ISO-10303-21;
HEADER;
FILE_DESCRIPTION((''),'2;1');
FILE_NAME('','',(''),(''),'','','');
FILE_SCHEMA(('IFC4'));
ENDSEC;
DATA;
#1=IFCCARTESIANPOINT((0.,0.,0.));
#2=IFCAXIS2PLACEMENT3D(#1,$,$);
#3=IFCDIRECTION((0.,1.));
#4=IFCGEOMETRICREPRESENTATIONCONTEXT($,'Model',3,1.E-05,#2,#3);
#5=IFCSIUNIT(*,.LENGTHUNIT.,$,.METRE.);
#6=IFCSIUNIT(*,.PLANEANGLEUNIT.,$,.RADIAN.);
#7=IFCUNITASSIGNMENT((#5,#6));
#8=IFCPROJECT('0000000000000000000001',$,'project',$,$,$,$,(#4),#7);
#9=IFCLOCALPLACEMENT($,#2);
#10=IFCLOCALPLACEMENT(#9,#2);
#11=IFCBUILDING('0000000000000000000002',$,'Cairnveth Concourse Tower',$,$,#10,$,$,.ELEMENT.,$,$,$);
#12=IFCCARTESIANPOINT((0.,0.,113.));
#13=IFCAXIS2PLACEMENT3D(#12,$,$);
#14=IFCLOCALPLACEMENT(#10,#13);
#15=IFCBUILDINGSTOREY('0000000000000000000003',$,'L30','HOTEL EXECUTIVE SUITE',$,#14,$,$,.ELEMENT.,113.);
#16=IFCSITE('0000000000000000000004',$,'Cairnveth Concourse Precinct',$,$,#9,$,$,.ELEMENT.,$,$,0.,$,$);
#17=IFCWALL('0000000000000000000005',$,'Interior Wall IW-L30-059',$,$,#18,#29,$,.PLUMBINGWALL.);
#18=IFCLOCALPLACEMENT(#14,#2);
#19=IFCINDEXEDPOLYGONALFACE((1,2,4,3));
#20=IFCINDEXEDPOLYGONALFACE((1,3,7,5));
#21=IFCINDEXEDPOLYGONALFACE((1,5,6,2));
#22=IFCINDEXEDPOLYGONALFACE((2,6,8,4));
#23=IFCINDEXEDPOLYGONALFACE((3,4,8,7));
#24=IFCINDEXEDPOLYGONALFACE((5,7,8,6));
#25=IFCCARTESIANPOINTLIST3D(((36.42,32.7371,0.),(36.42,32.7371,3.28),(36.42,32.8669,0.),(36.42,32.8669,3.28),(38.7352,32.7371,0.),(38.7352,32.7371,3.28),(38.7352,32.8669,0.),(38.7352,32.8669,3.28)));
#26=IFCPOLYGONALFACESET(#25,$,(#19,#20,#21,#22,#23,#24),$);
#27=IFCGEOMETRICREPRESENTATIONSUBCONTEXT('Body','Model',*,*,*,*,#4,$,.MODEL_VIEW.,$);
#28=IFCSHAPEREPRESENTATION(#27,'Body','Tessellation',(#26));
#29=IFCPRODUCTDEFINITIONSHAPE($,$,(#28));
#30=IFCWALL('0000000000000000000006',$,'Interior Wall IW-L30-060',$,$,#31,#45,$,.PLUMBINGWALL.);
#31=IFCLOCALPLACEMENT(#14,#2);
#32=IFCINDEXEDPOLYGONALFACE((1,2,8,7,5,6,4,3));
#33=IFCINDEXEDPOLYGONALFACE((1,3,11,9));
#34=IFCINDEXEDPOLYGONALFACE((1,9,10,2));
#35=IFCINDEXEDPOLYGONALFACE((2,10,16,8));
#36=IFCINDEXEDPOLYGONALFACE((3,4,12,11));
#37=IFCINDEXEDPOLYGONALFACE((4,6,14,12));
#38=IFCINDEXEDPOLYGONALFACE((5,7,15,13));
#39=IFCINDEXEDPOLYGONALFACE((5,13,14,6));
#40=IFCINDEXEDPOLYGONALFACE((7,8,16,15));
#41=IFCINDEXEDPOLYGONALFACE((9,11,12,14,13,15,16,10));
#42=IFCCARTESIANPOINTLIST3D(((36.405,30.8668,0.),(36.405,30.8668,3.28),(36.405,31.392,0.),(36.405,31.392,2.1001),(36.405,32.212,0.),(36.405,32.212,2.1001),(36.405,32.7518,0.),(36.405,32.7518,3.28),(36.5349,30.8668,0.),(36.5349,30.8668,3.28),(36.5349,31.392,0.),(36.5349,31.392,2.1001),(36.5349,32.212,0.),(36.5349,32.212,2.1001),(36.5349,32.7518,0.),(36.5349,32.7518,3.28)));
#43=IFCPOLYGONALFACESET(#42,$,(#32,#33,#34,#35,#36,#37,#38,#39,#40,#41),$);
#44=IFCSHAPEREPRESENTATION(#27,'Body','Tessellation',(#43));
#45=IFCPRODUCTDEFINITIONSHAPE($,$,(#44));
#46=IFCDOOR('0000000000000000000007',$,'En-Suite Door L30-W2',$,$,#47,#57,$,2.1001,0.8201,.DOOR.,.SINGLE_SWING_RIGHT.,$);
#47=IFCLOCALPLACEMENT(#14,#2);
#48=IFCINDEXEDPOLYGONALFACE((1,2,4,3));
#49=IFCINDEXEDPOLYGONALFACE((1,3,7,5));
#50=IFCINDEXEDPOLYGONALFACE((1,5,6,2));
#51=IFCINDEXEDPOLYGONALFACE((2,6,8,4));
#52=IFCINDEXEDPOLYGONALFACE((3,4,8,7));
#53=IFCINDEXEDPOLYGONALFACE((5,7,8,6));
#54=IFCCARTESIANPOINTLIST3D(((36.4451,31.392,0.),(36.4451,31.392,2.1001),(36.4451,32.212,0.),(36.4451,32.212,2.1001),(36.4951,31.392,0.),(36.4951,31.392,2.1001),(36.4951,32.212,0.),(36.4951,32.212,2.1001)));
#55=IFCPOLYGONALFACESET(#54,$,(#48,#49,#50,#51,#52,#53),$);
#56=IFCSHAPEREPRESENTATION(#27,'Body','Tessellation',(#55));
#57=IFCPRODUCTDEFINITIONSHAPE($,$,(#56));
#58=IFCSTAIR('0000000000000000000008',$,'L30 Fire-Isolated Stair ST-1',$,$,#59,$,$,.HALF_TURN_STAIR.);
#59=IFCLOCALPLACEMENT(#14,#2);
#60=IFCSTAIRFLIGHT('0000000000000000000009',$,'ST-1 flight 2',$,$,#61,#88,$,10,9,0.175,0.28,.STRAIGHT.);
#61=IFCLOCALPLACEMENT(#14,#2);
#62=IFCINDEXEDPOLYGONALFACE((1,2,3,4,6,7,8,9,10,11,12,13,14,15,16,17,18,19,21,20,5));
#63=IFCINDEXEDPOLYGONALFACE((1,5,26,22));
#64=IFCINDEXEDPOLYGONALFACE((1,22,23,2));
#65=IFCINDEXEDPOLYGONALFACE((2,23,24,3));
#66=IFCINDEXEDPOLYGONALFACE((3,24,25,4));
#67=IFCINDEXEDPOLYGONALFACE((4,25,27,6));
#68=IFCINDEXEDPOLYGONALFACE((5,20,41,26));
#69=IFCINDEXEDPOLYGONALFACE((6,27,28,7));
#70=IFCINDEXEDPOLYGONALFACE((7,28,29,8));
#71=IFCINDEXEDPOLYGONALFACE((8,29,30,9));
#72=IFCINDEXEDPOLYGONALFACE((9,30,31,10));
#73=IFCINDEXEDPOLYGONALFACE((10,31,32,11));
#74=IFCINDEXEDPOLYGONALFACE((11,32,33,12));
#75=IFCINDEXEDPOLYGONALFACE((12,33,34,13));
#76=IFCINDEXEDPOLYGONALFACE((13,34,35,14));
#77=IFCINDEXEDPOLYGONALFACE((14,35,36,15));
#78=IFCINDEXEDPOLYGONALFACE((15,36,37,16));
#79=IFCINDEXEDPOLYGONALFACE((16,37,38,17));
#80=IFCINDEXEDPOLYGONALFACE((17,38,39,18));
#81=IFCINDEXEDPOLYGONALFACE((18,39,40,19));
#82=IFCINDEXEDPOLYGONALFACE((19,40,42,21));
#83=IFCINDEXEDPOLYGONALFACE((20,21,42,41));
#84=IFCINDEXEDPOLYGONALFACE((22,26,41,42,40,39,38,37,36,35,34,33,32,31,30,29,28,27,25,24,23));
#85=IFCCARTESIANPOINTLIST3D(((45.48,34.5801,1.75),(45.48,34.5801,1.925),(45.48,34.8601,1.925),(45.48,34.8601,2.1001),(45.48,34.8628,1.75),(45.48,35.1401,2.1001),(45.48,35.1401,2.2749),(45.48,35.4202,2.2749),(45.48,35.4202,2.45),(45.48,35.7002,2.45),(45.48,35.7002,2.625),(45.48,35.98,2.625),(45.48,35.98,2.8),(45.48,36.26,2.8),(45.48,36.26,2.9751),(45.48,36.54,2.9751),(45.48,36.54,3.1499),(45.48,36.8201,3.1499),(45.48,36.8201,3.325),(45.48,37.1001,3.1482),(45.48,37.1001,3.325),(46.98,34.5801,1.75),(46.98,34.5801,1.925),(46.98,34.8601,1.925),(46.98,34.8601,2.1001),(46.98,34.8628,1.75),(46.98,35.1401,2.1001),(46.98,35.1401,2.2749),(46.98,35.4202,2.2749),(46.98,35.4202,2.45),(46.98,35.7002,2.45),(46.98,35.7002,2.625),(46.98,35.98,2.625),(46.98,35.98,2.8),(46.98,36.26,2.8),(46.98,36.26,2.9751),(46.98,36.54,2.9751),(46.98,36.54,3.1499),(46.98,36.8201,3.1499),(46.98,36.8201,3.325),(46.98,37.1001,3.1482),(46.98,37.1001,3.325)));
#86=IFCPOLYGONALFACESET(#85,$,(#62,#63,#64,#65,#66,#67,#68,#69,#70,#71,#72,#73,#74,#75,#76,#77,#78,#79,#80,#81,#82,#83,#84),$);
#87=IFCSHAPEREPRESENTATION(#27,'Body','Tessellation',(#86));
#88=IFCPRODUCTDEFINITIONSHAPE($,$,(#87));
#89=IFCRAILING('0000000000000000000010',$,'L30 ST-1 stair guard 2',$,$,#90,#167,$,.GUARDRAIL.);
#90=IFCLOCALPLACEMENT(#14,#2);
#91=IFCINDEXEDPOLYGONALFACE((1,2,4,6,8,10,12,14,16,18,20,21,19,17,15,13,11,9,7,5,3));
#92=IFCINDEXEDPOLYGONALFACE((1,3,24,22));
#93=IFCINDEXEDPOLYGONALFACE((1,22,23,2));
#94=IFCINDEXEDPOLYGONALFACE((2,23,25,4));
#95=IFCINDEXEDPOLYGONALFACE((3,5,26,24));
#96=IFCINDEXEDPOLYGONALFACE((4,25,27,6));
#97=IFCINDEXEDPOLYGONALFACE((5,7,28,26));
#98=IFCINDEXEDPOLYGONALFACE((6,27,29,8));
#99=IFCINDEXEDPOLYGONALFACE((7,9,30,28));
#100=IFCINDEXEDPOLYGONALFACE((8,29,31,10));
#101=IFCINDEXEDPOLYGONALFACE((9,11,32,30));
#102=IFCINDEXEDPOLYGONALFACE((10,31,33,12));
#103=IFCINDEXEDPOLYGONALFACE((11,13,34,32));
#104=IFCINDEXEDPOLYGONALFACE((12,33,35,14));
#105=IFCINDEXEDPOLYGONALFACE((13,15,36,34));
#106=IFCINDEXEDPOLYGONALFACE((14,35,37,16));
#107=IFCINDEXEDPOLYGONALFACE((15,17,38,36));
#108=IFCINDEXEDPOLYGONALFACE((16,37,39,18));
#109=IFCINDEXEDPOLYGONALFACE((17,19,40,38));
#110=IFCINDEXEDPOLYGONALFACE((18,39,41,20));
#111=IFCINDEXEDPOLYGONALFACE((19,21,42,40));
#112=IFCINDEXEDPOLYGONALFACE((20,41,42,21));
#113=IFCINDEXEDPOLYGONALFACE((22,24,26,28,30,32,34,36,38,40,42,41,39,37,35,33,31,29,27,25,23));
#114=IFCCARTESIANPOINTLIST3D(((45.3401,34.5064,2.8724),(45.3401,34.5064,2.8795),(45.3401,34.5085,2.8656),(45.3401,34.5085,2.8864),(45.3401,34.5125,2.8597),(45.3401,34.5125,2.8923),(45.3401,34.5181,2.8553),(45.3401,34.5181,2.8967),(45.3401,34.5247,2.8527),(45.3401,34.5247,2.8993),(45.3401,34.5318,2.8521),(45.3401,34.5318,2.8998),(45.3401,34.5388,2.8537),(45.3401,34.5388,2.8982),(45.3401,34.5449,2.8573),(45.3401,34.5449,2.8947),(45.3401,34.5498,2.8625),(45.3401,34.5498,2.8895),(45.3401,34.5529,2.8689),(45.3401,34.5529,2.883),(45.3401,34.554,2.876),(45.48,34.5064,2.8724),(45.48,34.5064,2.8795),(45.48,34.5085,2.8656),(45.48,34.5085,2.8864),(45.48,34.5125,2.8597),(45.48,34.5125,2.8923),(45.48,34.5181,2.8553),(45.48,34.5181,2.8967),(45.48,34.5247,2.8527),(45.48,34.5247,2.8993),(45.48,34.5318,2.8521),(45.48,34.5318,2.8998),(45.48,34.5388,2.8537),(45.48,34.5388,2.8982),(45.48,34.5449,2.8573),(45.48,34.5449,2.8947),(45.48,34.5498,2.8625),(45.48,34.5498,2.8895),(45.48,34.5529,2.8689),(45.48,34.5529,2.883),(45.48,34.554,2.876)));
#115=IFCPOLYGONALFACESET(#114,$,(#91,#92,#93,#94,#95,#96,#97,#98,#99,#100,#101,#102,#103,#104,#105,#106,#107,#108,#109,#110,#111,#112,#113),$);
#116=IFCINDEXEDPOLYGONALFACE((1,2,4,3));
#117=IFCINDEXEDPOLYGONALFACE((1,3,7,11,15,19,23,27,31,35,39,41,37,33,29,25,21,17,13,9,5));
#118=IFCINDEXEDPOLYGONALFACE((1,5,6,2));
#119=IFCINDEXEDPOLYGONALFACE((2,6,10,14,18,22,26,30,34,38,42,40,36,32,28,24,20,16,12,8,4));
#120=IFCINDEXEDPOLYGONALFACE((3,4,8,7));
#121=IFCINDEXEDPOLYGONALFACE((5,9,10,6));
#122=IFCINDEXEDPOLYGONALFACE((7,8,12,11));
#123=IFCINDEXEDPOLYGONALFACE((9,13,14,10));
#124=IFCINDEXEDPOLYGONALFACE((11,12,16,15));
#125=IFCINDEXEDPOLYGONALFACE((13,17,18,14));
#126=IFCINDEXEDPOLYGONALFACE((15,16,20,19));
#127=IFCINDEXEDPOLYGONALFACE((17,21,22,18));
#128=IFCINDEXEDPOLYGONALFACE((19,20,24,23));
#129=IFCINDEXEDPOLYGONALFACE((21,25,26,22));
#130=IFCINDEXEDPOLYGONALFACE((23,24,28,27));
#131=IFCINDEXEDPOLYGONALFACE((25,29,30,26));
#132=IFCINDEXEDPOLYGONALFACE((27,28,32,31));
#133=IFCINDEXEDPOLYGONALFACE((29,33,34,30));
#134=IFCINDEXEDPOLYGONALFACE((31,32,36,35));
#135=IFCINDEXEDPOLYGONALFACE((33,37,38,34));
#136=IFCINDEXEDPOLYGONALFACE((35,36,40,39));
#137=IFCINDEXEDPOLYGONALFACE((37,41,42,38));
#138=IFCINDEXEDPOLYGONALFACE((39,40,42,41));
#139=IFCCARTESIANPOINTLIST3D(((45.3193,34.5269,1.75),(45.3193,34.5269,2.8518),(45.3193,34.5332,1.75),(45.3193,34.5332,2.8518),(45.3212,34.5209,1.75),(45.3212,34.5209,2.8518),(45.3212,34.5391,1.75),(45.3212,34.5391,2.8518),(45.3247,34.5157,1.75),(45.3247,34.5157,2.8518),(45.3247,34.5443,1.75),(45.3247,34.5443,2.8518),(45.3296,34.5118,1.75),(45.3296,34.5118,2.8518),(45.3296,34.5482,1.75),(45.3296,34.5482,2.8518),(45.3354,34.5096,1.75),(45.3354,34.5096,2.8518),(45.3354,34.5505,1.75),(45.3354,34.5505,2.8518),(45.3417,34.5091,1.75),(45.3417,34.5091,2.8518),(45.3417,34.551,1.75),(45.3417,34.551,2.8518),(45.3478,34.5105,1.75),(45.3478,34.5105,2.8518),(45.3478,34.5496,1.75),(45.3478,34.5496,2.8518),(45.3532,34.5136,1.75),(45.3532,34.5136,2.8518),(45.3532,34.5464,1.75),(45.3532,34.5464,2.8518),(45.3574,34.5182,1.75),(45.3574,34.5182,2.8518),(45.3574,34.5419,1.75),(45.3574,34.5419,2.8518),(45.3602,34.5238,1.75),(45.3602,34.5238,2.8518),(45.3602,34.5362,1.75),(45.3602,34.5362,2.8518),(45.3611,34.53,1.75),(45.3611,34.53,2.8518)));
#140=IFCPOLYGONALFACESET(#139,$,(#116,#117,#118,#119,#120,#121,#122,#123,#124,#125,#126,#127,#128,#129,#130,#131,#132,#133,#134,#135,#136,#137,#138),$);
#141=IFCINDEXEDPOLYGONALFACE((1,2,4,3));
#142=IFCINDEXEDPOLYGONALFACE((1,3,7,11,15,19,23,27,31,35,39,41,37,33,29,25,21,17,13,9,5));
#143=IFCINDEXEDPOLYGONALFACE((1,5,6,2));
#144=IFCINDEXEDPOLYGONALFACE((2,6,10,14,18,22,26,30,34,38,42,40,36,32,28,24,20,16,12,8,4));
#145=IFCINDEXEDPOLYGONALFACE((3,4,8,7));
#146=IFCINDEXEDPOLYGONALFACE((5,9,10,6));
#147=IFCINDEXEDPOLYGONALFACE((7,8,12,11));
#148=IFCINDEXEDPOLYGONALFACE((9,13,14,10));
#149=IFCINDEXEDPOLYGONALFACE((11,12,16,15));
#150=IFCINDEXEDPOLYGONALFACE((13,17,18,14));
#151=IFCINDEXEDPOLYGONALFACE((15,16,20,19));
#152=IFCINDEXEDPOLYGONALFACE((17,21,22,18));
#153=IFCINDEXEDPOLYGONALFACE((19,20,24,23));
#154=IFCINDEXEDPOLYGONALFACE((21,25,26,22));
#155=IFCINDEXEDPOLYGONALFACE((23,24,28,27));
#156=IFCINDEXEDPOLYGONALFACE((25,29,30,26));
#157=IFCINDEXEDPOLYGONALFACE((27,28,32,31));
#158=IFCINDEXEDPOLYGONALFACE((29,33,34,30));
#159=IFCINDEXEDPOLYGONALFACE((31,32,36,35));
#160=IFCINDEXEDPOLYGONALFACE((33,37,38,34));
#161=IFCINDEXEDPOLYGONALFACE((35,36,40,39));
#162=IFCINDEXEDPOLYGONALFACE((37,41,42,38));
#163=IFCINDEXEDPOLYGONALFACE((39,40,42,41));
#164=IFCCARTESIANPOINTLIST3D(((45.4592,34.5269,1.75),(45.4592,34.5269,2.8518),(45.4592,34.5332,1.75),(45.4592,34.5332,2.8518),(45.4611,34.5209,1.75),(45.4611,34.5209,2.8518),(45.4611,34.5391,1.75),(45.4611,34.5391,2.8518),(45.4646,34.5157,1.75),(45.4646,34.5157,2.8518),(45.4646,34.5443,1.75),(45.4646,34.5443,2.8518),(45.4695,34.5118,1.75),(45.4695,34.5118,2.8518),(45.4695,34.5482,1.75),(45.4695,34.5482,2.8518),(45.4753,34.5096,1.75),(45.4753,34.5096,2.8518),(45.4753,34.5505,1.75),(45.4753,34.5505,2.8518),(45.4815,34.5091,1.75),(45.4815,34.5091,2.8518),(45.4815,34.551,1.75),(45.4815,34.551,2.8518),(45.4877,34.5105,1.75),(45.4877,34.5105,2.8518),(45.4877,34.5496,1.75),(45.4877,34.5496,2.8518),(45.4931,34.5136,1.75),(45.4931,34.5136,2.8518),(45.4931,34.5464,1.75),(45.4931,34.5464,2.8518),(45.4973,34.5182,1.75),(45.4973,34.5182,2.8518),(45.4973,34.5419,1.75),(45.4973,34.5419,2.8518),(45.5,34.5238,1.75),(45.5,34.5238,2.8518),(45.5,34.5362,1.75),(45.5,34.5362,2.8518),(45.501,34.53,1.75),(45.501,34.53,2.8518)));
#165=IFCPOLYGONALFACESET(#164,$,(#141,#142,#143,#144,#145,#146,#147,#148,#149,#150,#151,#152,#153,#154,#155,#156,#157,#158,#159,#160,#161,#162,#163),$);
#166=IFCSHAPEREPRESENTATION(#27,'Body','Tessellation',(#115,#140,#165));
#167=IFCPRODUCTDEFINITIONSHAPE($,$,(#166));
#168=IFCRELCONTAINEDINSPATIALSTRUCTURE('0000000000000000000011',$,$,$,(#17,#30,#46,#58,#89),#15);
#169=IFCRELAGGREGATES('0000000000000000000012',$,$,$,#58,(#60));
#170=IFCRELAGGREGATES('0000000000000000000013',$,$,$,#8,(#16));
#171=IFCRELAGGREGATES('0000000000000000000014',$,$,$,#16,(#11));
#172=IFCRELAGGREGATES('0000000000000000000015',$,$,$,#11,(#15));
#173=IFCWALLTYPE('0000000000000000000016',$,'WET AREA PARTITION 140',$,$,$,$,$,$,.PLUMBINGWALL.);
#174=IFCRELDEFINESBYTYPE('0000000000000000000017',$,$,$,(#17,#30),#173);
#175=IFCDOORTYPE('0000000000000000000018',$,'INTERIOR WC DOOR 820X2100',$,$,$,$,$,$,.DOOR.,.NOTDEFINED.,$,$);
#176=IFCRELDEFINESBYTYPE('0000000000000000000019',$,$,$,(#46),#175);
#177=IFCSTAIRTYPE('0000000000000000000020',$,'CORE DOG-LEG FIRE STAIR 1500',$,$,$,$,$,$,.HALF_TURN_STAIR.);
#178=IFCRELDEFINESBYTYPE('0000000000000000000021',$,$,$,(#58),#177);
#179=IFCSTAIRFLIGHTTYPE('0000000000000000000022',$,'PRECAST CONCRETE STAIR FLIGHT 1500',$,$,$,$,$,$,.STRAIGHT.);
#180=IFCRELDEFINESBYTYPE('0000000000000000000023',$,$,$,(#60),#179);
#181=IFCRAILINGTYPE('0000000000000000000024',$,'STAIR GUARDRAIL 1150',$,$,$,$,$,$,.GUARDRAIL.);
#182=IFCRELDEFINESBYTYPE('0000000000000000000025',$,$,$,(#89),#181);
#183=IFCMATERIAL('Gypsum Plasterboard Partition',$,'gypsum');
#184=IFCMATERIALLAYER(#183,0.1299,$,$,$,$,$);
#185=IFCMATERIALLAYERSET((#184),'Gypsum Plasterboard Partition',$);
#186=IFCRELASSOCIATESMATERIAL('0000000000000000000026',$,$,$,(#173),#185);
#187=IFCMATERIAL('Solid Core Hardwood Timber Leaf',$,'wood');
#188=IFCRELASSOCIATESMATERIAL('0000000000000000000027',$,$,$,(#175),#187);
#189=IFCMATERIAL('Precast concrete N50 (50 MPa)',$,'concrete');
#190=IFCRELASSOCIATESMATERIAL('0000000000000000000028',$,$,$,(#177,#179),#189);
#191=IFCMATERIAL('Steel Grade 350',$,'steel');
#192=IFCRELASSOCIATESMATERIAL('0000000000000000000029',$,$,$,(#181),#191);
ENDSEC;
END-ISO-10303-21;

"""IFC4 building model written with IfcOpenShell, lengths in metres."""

from ifc_helpers import new_model, si_unit, direction, frame, frame_2d, origin, origin_2d, place, context, subcontext, project, spatial, polyline, rectangle, circle, outline, extrude, material, layer, layer_set, type_object, element, fill, aggregate, save


model = new_model("IFC4")

# Units and contexts
model_context = context("Model", 3, precision=1e-05, world=origin(), true_north=direction((0.0, 1.0)))
body_context = subcontext(model_context, "Body", "Model", "MODEL_VIEW")
ifc_project = project(units=[si_unit("LENGTHUNIT", "METRE"), si_unit("PLANEANGLEUNIT", "RADIAN")], contexts=[model_context])

# Site, building, storey
site_placement = place(None, origin())
site = spatial("IfcSite", under=ifc_project, at=site_placement, Name="Cairnveth Concourse Precinct", CompositionType="ELEMENT", RefElevation=0.0)
building_placement = place(site_placement, origin())
building = spatial("IfcBuilding", under=site, at=building_placement, Name="Cairnveth Concourse Tower", CompositionType="ELEMENT")
storey_placement = place(building_placement, frame((0.0, 0.0, 113.0)))
storey = spatial("IfcBuildingStorey", under=building, at=storey_placement, Name="L30", Description="HOTEL EXECUTIVE SUITE", CompositionType="ELEMENT", Elevation=113.0)

# Shared definitions
ifc_material_1 = material(Name="Gypsum Plasterboard Partition", Category="gypsum")

# Shared definitions
ifc_material_2 = material(Name="Solid Core Hardwood Timber Leaf", Category="wood")

# Shared definitions
ifc_layer_1 = layer(ifc_material_1, 0.1299)
ifc_layer_set_1 = layer_set([ifc_layer_1], Name="Gypsum Plasterboard Partition")
wall_type_1 = type_object("IfcWallType", Name="WET AREA PARTITION 140", PredefinedType="PLUMBINGWALL", material=ifc_layer_set_1)

# Shared definitions
door_type_1 = type_object("IfcDoorType", Name="INTERIOR WC DOOR 820X2100", OperationType="NOTDEFINED", PredefinedType="DOOR", material=ifc_material_2)

# Wall
wall_1_placement = place(storey_placement, frame((36.4199, 32.802, 0.0), z_axis=(0.0, 0.0, 1.0), x_axis=(1.0, 0.0, 0.0)))
element("IfcWall", 1, at=wall_1_placement, inside=storey, type_object=wall_type_1, Name="Interior Wall IW-L30-059", PredefinedType="PLUMBINGWALL", context=body_context, shape_type="SweptSolid", body=[
    extrude(rectangle(XDim=2.3152, YDim=0.1299, at=frame_2d((1.1577, 0.0))), origin(), (0.0, 0.0, 1.0), 3.28),
])

# Wall, opening, door
wall_2_placement = place(storey_placement, frame((36.47, 30.8669, 0.0), z_axis=(0.0, 0.0, 1.0), x_axis=(0.0, 1.0, 0.0)))
wall_2 = element("IfcWall", 2, at=wall_2_placement, inside=storey, type_object=wall_type_1, Name="Interior Wall IW-L30-060", PredefinedType="PLUMBINGWALL", context=body_context, shape_type="SweptSolid", body=[
    extrude(rectangle(XDim=1.885, YDim=0.1299, at=frame_2d((0.9424, 0.0))), origin(), (0.0, 0.0, 1.0), 3.28),
])
opening_1_placement = place(wall_2_placement, frame((0.5249, 0.0, 0.0)))
opening_1 = element("IfcOpeningElement", 3, at=opening_1_placement, cuts=wall_2, PredefinedType="OPENING", context=body_context, shape_type="SweptSolid", body=[
    extrude(rectangle(XDim=0.8201, YDim=2.1001, at=frame_2d((0.4102, 1.05))), frame((0.0, 0.075, 0.0), z_axis=(0.0, -1.0, 0.0), x_axis=(1.0, 0.0, 0.0)), (0.0, 0.0, 1.0), 0.1499),
])
door_1_placement = place(opening_1_placement, origin())
door_1 = element("IfcDoor", 4, at=door_1_placement, inside=storey, type_object=door_type_1, Name="En-Suite Door L30-W2", OperationType="SINGLE_SWING_RIGHT", OverallHeight=2.1001, OverallWidth=0.8201, PredefinedType="DOOR", context=body_context, shape_type="SweptSolid", body=[
    extrude(rectangle(XDim=0.8201, YDim=2.1001, at=frame_2d((0.4102, 1.05))), frame((0.0, 0.0249, 0.0), z_axis=(0.0, -1.0, 0.0), x_axis=(1.0, 0.0, 0.0)), (0.0, 0.0, 1.0), 0.05),
])
fill(opening_1, door_1)

# Stair, stair flight
ifc_material_3 = material(Name="Precast concrete N50 (50 MPa)", Category="concrete")
stair_type = type_object("IfcStairType", Name="CORE DOG-LEG FIRE STAIR 1500", PredefinedType="HALF_TURN_STAIR", material=ifc_material_3)
stair_placement = place(storey_placement, origin())
stair = element("IfcStair", 5, at=stair_placement, inside=storey, type_object=stair_type, Name="L30 Fire-Isolated Stair ST-1", PredefinedType="HALF_TURN_STAIR")
stair_flight_type = type_object("IfcStairFlightType", Name="PRECAST CONCRETE STAIR FLIGHT 1500", PredefinedType="STRAIGHT", material=ifc_material_3)
stair_flight_placement = place(storey_placement, frame((46.23, 34.5801, 1.75), z_axis=(0.0, 0.0, 1.0), x_axis=(0.0, 1.0, 0.0)))
stair_flight = element("IfcStairFlight", 6, at=stair_flight_placement, type_object=stair_flight_type, Name="ST-1 flight 2", NumberOfRisers=10, NumberOfTreads=9, PredefinedType="STRAIGHT", RiserHeight=0.175, TreadLength=0.28, context=body_context, shape_type="SweptSolid", body=[
    extrude(outline(polyline([(0.0, 0.0), (0.0, 0.175), (0.28, 0.175), (0.28, 0.3501), (0.5601, 0.3501), (0.5601, 0.5249), (0.8401, 0.5249), (0.8401, 0.7), (1.1201, 0.7), (1.1201, 0.875), (1.3999, 0.875), (1.3999, 1.05), (1.6799, 1.05), (1.6799, 1.2251), (1.96, 1.2251), (1.96, 1.3999), (2.24, 1.3999), (2.24, 1.575), (2.52, 1.575), (2.52, 1.75), (2.52, 1.3982), (0.2827, 0.0), (0.0, 0.0)])), frame((0.0, 0.75, 0.0), z_axis=(0.0, -1.0, 0.0), x_axis=(1.0, 0.0, 0.0)), (0.0, 0.0, 1.0), 1.5),
])
aggregate(stair, [stair_flight])

# Railing
ifc_material_4 = material(Name="Steel Grade 350", Category="steel")
railing_type_1 = type_object("IfcRailingType", Name="STAIR GUARDRAIL 1150", PredefinedType="GUARDRAIL", material=ifc_material_4)
railing_1_placement = place(storey_placement, frame((45.3401, 34.53, 1.75)))
element("IfcRailing", 7, at=railing_1_placement, inside=storey, type_object=railing_type_1, Name="L30 ST-1 stair guard 2", PredefinedType="GUARDRAIL", context=body_context, shape_type="SweptSolid", body=[
    extrude(circle(Radius=0.0239, at=origin_2d()), frame((0.0, 0.0, 1.126), z_axis=(1.0, 0.0, 0.0), x_axis=(0.0, 1.0, 0.0)), (0.0, 0.0, 1.0), 0.1399),
    extrude(circle(Radius=0.021, at=origin_2d()), origin(), (0.0, 0.0, 1.0), 1.1018),
    extrude(circle(Radius=0.021, at=origin_2d()), frame((0.1399, 0.0, 0.0)), (0.0, 0.0, 1.0), 1.1018),
])

save(model, "model.ifc")
